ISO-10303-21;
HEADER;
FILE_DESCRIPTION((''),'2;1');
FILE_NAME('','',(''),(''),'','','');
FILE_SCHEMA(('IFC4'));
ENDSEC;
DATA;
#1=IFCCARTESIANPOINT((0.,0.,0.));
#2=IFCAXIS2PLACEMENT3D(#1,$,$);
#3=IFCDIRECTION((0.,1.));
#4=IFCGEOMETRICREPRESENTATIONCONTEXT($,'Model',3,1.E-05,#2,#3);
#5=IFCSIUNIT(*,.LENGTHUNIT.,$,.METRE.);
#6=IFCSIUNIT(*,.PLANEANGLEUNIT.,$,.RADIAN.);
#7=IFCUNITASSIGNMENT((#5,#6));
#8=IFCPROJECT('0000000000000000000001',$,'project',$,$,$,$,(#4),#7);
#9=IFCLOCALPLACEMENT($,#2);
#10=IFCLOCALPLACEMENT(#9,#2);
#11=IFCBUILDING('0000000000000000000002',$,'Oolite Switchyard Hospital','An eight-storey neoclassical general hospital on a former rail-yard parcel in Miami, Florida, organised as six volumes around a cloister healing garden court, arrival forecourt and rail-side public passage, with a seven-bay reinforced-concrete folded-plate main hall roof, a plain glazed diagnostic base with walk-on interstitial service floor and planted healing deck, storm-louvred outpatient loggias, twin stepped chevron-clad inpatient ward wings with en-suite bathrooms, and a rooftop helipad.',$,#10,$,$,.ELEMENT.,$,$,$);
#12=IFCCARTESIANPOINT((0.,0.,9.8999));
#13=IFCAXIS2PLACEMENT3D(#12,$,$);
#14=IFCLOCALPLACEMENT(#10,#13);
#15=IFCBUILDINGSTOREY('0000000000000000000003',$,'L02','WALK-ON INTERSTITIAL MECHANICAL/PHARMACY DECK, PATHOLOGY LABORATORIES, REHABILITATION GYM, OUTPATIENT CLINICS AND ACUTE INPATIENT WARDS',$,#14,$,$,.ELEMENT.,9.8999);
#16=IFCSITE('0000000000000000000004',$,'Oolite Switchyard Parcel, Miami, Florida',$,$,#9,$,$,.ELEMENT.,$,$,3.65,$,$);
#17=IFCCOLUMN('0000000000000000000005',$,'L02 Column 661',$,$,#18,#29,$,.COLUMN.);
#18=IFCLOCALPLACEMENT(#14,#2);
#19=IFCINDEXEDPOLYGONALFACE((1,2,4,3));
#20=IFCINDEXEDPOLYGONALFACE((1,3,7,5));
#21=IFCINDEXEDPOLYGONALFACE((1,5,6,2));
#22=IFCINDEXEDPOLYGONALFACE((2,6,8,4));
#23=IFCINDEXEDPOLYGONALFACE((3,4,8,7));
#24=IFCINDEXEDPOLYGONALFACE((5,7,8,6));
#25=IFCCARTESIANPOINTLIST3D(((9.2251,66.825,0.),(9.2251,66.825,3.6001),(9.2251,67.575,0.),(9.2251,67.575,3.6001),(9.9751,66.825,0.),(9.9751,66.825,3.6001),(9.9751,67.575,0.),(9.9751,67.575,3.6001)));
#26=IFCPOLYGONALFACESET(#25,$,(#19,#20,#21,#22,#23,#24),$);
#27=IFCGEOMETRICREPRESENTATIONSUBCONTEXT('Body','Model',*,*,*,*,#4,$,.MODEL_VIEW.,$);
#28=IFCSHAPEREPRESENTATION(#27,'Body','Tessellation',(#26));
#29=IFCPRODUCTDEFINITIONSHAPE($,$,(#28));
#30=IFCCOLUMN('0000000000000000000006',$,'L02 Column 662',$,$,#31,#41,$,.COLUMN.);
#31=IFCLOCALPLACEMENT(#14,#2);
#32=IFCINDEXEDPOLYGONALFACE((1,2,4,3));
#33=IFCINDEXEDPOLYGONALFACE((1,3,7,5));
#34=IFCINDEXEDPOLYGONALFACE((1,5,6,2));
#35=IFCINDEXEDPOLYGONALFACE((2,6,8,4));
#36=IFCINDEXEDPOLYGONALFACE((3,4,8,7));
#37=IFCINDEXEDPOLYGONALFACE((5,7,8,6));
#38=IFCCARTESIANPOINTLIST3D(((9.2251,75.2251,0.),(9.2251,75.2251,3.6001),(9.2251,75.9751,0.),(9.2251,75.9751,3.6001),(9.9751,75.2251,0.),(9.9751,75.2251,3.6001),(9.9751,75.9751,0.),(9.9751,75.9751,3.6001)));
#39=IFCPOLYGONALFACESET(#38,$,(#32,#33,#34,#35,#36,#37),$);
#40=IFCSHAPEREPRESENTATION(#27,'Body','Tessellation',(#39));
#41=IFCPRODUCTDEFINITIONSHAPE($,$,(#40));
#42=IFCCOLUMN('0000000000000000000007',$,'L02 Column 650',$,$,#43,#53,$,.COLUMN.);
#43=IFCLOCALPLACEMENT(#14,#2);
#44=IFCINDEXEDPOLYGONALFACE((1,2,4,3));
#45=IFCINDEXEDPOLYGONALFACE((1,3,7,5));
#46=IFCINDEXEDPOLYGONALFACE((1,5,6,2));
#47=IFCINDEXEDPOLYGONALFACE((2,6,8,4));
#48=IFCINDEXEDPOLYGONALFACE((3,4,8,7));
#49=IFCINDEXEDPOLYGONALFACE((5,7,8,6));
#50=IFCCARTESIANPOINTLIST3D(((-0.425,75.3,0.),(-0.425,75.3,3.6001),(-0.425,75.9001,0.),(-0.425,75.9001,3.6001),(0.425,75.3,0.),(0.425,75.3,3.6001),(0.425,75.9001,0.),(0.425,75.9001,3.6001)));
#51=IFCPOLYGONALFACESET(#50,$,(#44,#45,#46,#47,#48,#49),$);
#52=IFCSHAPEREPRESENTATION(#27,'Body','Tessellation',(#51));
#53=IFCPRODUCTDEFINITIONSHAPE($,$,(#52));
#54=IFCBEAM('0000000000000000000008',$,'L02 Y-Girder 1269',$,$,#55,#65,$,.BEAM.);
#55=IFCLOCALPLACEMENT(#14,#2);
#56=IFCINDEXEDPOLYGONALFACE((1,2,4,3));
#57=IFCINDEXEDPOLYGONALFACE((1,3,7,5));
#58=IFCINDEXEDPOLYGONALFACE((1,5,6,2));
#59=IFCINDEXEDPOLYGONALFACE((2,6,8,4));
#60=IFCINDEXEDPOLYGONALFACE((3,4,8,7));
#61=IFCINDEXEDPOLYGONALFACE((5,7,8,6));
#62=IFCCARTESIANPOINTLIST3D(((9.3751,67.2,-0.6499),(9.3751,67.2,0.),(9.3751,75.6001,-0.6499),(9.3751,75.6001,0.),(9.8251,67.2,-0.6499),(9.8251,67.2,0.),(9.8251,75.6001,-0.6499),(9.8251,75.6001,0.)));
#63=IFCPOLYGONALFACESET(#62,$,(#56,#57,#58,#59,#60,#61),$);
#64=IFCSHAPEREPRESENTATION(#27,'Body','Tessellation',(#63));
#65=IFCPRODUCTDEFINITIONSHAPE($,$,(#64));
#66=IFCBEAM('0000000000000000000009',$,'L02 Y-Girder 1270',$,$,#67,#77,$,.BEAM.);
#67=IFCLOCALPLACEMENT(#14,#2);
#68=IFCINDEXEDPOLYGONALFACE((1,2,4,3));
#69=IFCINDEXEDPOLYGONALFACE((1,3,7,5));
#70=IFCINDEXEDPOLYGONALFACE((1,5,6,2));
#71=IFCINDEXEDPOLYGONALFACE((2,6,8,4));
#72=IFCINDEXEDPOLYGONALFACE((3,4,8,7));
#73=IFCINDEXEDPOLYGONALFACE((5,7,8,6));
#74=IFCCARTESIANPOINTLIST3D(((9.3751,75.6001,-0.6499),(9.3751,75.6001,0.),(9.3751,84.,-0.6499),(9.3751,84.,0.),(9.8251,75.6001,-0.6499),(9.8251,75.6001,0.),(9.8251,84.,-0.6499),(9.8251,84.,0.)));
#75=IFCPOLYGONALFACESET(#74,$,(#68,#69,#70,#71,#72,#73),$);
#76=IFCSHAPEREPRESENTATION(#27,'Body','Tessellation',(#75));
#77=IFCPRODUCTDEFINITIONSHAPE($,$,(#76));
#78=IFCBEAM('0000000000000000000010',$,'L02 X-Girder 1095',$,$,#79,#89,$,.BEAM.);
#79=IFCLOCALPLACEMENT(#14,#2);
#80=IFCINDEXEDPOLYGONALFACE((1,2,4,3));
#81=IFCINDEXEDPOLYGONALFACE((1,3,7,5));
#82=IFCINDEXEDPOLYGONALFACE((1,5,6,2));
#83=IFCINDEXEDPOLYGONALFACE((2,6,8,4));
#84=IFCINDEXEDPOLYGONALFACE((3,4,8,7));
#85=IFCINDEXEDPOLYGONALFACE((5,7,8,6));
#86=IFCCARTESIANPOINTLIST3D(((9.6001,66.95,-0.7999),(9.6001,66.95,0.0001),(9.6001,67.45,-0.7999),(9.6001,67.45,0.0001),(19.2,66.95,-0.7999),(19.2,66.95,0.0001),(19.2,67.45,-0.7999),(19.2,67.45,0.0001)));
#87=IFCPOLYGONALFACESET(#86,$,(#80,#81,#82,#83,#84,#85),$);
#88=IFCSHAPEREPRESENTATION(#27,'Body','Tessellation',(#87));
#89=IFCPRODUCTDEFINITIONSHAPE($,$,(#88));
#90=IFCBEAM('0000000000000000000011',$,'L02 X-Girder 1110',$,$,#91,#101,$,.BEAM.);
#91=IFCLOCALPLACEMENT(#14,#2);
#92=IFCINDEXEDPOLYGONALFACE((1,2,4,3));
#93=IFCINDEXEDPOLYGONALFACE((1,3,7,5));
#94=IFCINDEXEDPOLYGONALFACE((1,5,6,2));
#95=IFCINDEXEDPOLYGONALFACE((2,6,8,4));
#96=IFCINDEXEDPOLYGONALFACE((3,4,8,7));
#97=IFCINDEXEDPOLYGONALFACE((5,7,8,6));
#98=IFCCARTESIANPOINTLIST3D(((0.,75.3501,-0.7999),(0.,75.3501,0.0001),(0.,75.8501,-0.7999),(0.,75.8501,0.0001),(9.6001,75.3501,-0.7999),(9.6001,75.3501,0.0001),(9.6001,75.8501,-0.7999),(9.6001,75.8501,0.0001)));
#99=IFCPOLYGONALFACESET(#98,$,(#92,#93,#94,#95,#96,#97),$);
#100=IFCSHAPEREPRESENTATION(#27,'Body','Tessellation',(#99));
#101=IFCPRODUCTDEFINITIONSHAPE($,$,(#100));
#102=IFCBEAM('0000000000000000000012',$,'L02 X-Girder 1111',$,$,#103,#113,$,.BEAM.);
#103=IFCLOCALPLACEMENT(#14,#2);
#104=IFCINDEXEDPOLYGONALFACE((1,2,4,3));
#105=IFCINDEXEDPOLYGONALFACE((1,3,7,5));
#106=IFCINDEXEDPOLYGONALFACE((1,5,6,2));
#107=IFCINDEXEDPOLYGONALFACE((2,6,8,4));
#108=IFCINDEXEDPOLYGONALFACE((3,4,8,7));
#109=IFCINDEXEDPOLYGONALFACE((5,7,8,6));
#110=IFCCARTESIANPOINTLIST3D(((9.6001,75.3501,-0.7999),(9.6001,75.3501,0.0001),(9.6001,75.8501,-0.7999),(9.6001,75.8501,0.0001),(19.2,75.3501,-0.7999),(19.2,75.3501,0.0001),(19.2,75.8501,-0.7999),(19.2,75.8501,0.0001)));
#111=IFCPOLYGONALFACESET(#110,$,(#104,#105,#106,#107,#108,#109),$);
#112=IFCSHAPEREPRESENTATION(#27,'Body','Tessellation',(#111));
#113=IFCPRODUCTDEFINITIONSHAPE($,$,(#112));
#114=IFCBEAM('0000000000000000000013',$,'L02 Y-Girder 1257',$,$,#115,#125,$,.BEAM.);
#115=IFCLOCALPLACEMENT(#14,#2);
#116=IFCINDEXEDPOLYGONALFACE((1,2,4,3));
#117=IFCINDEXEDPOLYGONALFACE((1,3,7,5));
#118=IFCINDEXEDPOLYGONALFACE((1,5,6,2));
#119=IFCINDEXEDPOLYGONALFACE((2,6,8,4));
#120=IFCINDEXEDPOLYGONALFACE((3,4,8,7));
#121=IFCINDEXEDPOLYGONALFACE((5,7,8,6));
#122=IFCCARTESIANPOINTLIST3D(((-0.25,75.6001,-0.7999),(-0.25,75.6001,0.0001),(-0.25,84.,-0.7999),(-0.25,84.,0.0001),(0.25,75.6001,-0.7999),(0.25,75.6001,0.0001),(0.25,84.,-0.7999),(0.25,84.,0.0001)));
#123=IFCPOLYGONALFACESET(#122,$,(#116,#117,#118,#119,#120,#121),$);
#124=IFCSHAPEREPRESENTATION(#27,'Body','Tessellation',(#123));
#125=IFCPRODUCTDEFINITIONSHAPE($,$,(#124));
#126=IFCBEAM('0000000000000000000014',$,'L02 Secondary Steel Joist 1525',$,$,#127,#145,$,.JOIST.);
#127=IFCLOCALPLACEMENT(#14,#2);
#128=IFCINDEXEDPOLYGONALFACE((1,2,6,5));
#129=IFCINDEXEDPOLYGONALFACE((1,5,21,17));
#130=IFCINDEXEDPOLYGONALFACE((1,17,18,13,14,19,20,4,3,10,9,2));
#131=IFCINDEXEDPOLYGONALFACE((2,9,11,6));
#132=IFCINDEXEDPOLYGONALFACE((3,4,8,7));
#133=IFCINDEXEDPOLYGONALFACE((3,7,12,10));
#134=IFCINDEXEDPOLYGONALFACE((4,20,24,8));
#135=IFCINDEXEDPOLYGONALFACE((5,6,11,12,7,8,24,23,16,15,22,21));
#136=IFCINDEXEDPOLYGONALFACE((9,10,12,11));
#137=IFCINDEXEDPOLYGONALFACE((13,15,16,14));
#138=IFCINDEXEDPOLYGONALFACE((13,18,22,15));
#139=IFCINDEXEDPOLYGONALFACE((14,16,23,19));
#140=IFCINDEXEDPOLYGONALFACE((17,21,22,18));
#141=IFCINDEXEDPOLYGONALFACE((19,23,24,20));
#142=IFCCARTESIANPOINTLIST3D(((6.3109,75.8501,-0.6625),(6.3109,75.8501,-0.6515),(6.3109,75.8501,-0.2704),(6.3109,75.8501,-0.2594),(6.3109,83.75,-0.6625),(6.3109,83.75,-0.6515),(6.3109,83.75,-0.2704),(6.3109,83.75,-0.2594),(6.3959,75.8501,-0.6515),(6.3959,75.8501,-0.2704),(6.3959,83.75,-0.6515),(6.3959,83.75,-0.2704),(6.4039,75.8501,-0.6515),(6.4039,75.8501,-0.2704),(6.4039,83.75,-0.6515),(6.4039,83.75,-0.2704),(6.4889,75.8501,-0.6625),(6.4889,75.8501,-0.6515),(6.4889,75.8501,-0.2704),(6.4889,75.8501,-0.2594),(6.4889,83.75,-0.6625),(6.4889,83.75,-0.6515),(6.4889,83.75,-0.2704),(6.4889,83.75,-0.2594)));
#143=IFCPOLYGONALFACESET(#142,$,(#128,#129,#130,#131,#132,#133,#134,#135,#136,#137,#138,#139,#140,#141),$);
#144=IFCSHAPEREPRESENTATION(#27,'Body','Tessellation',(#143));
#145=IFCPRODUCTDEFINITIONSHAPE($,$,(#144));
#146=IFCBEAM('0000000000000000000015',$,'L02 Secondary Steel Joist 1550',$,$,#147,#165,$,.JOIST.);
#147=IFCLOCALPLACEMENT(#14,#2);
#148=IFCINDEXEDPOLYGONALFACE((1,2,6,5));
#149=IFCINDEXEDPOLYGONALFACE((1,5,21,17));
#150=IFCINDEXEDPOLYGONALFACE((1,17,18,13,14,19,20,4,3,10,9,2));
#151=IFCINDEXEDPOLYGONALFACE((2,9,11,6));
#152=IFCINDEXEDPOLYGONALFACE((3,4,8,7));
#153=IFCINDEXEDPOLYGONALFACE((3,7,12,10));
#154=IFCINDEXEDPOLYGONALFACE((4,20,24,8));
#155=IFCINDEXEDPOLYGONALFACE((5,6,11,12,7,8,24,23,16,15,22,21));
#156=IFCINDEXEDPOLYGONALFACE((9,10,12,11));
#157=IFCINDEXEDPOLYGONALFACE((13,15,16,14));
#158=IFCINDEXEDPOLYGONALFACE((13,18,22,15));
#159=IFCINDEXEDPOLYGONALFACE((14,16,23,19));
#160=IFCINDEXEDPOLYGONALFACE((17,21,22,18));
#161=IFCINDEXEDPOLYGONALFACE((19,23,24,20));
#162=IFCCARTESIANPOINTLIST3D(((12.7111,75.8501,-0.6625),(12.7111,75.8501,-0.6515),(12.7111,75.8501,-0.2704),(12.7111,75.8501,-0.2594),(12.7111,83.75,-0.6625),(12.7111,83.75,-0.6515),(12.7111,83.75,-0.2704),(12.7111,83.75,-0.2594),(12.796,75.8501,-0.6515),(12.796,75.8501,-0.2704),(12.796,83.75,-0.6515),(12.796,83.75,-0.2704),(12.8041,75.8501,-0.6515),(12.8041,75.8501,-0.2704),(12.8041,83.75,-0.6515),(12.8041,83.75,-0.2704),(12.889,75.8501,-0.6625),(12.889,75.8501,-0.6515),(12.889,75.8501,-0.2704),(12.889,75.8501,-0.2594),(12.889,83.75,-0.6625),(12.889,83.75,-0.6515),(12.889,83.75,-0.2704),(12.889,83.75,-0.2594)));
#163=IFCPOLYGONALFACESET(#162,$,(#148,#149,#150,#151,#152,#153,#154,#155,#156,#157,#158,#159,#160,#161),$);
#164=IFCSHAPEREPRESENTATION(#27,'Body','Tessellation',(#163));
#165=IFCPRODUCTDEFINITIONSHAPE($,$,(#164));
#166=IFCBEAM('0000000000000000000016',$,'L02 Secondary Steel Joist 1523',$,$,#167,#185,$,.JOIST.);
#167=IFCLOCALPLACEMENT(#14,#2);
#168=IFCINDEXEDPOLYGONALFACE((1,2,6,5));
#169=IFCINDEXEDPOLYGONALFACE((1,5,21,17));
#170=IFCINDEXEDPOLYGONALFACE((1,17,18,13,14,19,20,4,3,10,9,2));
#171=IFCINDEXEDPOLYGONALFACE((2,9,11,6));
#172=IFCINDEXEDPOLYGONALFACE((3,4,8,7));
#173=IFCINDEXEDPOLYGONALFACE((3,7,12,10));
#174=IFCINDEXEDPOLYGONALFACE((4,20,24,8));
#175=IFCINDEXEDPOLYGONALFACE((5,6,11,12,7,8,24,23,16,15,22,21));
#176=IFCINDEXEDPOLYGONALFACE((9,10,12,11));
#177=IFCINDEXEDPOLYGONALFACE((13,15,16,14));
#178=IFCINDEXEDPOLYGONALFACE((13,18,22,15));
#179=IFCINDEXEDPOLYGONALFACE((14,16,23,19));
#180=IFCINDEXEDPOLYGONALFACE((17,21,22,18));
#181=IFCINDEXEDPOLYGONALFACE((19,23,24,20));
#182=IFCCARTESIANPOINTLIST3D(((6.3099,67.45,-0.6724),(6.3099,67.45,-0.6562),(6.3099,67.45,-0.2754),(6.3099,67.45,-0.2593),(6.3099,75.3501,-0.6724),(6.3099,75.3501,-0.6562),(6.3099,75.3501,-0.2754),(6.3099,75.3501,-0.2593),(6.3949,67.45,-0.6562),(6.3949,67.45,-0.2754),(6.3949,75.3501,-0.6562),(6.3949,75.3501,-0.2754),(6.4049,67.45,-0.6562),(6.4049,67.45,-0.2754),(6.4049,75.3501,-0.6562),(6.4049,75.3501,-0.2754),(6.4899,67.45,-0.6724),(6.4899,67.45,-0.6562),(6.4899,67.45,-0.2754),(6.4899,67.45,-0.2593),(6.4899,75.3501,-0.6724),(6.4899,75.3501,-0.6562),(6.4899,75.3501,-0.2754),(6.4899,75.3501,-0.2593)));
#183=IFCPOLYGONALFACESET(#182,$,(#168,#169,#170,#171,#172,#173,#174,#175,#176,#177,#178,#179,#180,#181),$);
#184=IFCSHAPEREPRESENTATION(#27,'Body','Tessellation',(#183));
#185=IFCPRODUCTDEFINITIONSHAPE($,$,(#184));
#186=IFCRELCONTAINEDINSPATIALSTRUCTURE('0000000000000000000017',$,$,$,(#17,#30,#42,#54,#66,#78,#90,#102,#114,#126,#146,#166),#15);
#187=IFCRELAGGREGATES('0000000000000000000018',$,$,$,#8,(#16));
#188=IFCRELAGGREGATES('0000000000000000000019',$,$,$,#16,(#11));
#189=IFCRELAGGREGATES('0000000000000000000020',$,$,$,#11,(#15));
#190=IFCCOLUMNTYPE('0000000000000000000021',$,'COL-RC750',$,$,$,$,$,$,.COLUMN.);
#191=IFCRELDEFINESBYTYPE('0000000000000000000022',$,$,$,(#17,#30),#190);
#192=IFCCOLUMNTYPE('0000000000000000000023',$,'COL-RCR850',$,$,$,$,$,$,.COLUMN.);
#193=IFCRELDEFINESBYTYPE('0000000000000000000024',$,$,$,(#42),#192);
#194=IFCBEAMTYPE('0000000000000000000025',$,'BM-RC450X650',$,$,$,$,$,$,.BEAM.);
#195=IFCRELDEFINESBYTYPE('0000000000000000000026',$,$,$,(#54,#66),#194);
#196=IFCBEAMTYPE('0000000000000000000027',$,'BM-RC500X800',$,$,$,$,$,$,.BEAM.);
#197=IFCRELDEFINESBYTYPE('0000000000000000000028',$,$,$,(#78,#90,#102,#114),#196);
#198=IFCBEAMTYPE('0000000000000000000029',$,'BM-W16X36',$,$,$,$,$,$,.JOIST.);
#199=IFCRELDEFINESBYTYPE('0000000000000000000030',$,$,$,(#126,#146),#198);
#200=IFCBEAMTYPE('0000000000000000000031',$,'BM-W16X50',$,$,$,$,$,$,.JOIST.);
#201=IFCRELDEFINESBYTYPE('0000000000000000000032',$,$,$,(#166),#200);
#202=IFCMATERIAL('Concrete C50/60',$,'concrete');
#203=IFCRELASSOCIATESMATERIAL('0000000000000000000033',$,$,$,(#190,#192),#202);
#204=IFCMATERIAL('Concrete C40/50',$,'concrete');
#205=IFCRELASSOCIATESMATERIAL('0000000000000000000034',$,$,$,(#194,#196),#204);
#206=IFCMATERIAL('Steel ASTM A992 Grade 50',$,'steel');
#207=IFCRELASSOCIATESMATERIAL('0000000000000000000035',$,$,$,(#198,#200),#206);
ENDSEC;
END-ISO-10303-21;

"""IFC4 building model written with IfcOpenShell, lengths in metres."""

from ifc_helpers import new_model, si_unit, direction, frame, origin, origin_2d, place, context, subcontext, project, spatial, rectangle, i_section, extrude, material, material_profile, profile_set, type_object, element, save


model = new_model("IFC4")

# Units and contexts
model_context = context("Model", 3, precision=1e-05, world=origin(), true_north=direction((0.0, 1.0)))
body_context = subcontext(model_context, "Body", "Model", "MODEL_VIEW")
ifc_project = project(units=[si_unit("LENGTHUNIT", "METRE"), si_unit("PLANEANGLEUNIT", "RADIAN")], contexts=[model_context])

# Site, building, storey
site_placement = place(None, origin())
site = spatial("IfcSite", under=ifc_project, at=site_placement, Name="Oolite Switchyard Parcel, Miami, Florida", CompositionType="ELEMENT", RefElevation=3.65)
building_placement = place(site_placement, origin())
building = spatial("IfcBuilding", under=site, at=building_placement, Name="Oolite Switchyard Hospital", Description="An eight-storey neoclassical general hospital on a former rail-yard parcel in Miami, Florida, organised as six volumes around a cloister healing garden court, arrival forecourt and rail-side public passage, with a seven-bay reinforced-concrete folded-plate main hall roof, a plain glazed diagnostic base with walk-on interstitial service floor and planted healing deck, storm-louvred outpatient loggias, twin stepped chevron-clad inpatient ward wings with en-suite bathrooms, and a rooftop helipad.", CompositionType="ELEMENT")
storey_placement = place(building_placement, frame((0.0, 0.0, 9.8999)))
storey = spatial("IfcBuildingStorey", under=building, at=storey_placement, Name="L02", Description="WALK-ON INTERSTITIAL MECHANICAL/PHARMACY DECK, PATHOLOGY LABORATORIES, REHABILITATION GYM, OUTPATIENT CLINICS AND ACUTE INPATIENT WARDS", CompositionType="ELEMENT", Elevation=9.8999)

# Columns
ifc_material_1 = material(Name="Concrete C50/60", Category="concrete")
ifc_material_profile_1 = material_profile(ifc_material_1, rectangle(XDim=0.75, YDim=0.75, at=origin_2d()), Name="RC750X750")
ifc_profile_set_1 = profile_set([ifc_material_profile_1], Name="Concrete C50/60")
column_type_1 = type_object("IfcColumnType", Name="COL-RC750", PredefinedType="COLUMN", material=ifc_profile_set_1)
for number, where, z_axis, x_axis, name in (
    (1, (9.6001, 67.2, 0.0), (0.0, 0.0, 1.0), (1.0, 0.0, 0.0), "L02 Column 661"),
    (2, (9.6001, 75.6001, 0.0), (0.0, 0.0, 1.0), (1.0, 0.0, 0.0), "L02 Column 662"),
):
    element("IfcColumn", number, at=place(storey_placement, frame(where, z_axis=z_axis, x_axis=x_axis)), inside=storey, type_object=column_type_1, Name=name, PredefinedType="COLUMN", context=body_context, shape_type="SweptSolid", body=[
        extrude(rectangle(XDim=0.75, YDim=0.75, at=origin_2d()), origin(), (0.0, 0.0, 1.0), 3.6001),
    ])
ifc_material_profile_2 = material_profile(ifc_material_1, rectangle(XDim=0.8501, YDim=0.6001, at=origin_2d()), Name="RC850X600")
ifc_profile_set_2 = profile_set([ifc_material_profile_2], Name="Concrete C50/60")
column_type_2 = type_object("IfcColumnType", Name="COL-RCR850", PredefinedType="COLUMN", material=ifc_profile_set_2)
column_placement = place(storey_placement, frame((0.0, 75.6001, 0.0), z_axis=(0.0, 0.0, 1.0), x_axis=(1.0, 0.0, 0.0)))
element("IfcColumn", 3, at=column_placement, inside=storey, type_object=column_type_2, Name="L02 Column 650", PredefinedType="COLUMN", context=body_context, shape_type="SweptSolid", body=[
    extrude(rectangle(XDim=0.8501, YDim=0.6001, at=origin_2d()), origin(), (0.0, 0.0, 1.0), 3.6001),
])

# Beams
ifc_material_2 = material(Name="Concrete C40/50", Category="concrete")
ifc_material_profile_3 = material_profile(ifc_material_2, rectangle(XDim=0.45, YDim=0.6499, at=origin_2d()), Name="RCB450X650")
ifc_profile_set_3 = profile_set([ifc_material_profile_3], Name="Concrete C40/50")
beam_type_1 = type_object("IfcBeamType", Name="BM-RC450X650", PredefinedType="BEAM", material=ifc_profile_set_3)
beam_1_placement = place(storey_placement, frame((9.6001, 67.2, -0.325), z_axis=(0.0, 1.0, 0.0), x_axis=(-1.0, 0.0, 0.0)))
element("IfcBeam", 4, at=beam_1_placement, inside=storey, type_object=beam_type_1, Name="L02 Y-Girder 1269", PredefinedType="BEAM", context=body_context, shape_type="SweptSolid", body=[
    extrude(rectangle(XDim=0.45, YDim=0.6499, at=origin_2d()), origin(), (0.0, 0.0, 1.0), 8.4001),
])
beam_2_placement = place(storey_placement, frame((9.6001, 75.6001, -0.325), z_axis=(0.0, 1.0, 0.0), x_axis=(-1.0, 0.0, 0.0)))
element("IfcBeam", 5, at=beam_2_placement, inside=storey, type_object=beam_type_1, Name="L02 Y-Girder 1270", PredefinedType="BEAM", context=body_context, shape_type="SweptSolid", body=[
    extrude(rectangle(XDim=0.45, YDim=0.6499, at=origin_2d()), origin(), (0.0, 0.0, 1.0), 8.3999),
])
ifc_material_profile_4 = material_profile(ifc_material_2, rectangle(XDim=0.5, YDim=0.8, at=origin_2d()), Name="RCB500X800")
ifc_profile_set_4 = profile_set([ifc_material_profile_4], Name="Concrete C40/50")
beam_type_2 = type_object("IfcBeamType", Name="BM-RC500X800", PredefinedType="BEAM", material=ifc_profile_set_4)
beam_3_placement = place(storey_placement, frame((9.6001, 67.2, -0.3999), z_axis=(1.0, 0.0, 0.0), x_axis=(0.0, 1.0, 0.0)))
element("IfcBeam", 6, at=beam_3_placement, inside=storey, type_object=beam_type_2, Name="L02 X-Girder 1095", PredefinedType="BEAM", context=body_context, shape_type="SweptSolid", body=[
    extrude(rectangle(XDim=0.5, YDim=0.8, at=origin_2d()), origin(), (0.0, 0.0, 1.0), 9.5999),
])
beam_4_placement = place(storey_placement, frame((0.0, 75.6001, -0.3999), z_axis=(1.0, 0.0, 0.0), x_axis=(0.0, 1.0, 0.0)))
element("IfcBeam", 7, at=beam_4_placement, inside=storey, type_object=beam_type_2, Name="L02 X-Girder 1110", PredefinedType="BEAM", context=body_context, shape_type="SweptSolid", body=[
    extrude(rectangle(XDim=0.5, YDim=0.8, at=origin_2d()), origin(), (0.0, 0.0, 1.0), 9.6001),
])
beam_5_placement = place(storey_placement, frame((9.6001, 75.6001, -0.3999), z_axis=(1.0, 0.0, 0.0), x_axis=(0.0, 1.0, 0.0)))
element("IfcBeam", 8, at=beam_5_placement, inside=storey, type_object=beam_type_2, Name="L02 X-Girder 1111", PredefinedType="BEAM", context=body_context, shape_type="SweptSolid", body=[
    extrude(rectangle(XDim=0.5, YDim=0.8, at=origin_2d()), origin(), (0.0, 0.0, 1.0), 9.5999),
])
beam_6_placement = place(storey_placement, frame((0.0, 75.6001, -0.3999), z_axis=(0.0, 1.0, 0.0), x_axis=(-1.0, 0.0, 0.0)))
element("IfcBeam", 9, at=beam_6_placement, inside=storey, type_object=beam_type_2, Name="L02 Y-Girder 1257", PredefinedType="BEAM", context=body_context, shape_type="SweptSolid", body=[
    extrude(rectangle(XDim=0.5, YDim=0.8, at=origin_2d()), origin(), (0.0, 0.0, 1.0), 8.3999),
])
ifc_material_3 = material(Name="Steel ASTM A992 Grade 50", Category="steel")
ifc_material_profile_5 = material_profile(ifc_material_3, i_section(OverallWidth=0.178, OverallDepth=0.4031, WebThickness=0.0081, FlangeThickness=0.011, at=origin_2d()), Name="W16X36")
ifc_profile_set_5 = profile_set([ifc_material_profile_5], Name="Steel ASTM A992 Grade 50")
beam_type_3 = type_object("IfcBeamType", Name="BM-W16X36", PredefinedType="JOIST", material=ifc_profile_set_5)
for number, where, z_axis, x_axis, name in (
    (10, (6.3999, 75.8501, -0.4609), (0.0, 1.0, 0.0), (-1.0, 0.0, 0.0), "L02 Secondary Steel Joist 1525"),
    (11, (12.8, 75.8501, -0.4609), (0.0, 1.0, 0.0), (-1.0, 0.0, 0.0), "L02 Secondary Steel Joist 1550"),
):
    element("IfcBeam", number, at=place(storey_placement, frame(where, z_axis=z_axis, x_axis=x_axis)), inside=storey, type_object=beam_type_3, Name=name, PredefinedType="JOIST", context=body_context, shape_type="SweptSolid", body=[
        extrude(i_section(OverallWidth=0.178, OverallDepth=0.4031, WebThickness=0.0081, FlangeThickness=0.011, at=origin_2d()), origin(), (0.0, 0.0, 1.0), 7.8999),
    ])
ifc_material_profile_6 = material_profile(ifc_material_3, i_section(OverallWidth=0.1799, OverallDepth=0.4131, WebThickness=0.01, FlangeThickness=0.0161, at=origin_2d()), Name="W16X50")
ifc_profile_set_6 = profile_set([ifc_material_profile_6], Name="Steel ASTM A992 Grade 50")
beam_type_4 = type_object("IfcBeamType", Name="BM-W16X50", PredefinedType="JOIST", material=ifc_profile_set_6)
beam_7_placement = place(storey_placement, frame((6.3999, 67.45, -0.4658), z_axis=(0.0, 1.0, 0.0), x_axis=(-1.0, 0.0, 0.0)))
element("IfcBeam", 12, at=beam_7_placement, inside=storey, type_object=beam_type_4, Name="L02 Secondary Steel Joist 1523", PredefinedType="JOIST", context=body_context, shape_type="SweptSolid", body=[
    extrude(i_section(OverallWidth=0.1799, OverallDepth=0.4131, WebThickness=0.01, FlangeThickness=0.0161, at=origin_2d()), origin(), (0.0, 0.0, 1.0), 7.9001),
])

save(model, "model.ifc")
